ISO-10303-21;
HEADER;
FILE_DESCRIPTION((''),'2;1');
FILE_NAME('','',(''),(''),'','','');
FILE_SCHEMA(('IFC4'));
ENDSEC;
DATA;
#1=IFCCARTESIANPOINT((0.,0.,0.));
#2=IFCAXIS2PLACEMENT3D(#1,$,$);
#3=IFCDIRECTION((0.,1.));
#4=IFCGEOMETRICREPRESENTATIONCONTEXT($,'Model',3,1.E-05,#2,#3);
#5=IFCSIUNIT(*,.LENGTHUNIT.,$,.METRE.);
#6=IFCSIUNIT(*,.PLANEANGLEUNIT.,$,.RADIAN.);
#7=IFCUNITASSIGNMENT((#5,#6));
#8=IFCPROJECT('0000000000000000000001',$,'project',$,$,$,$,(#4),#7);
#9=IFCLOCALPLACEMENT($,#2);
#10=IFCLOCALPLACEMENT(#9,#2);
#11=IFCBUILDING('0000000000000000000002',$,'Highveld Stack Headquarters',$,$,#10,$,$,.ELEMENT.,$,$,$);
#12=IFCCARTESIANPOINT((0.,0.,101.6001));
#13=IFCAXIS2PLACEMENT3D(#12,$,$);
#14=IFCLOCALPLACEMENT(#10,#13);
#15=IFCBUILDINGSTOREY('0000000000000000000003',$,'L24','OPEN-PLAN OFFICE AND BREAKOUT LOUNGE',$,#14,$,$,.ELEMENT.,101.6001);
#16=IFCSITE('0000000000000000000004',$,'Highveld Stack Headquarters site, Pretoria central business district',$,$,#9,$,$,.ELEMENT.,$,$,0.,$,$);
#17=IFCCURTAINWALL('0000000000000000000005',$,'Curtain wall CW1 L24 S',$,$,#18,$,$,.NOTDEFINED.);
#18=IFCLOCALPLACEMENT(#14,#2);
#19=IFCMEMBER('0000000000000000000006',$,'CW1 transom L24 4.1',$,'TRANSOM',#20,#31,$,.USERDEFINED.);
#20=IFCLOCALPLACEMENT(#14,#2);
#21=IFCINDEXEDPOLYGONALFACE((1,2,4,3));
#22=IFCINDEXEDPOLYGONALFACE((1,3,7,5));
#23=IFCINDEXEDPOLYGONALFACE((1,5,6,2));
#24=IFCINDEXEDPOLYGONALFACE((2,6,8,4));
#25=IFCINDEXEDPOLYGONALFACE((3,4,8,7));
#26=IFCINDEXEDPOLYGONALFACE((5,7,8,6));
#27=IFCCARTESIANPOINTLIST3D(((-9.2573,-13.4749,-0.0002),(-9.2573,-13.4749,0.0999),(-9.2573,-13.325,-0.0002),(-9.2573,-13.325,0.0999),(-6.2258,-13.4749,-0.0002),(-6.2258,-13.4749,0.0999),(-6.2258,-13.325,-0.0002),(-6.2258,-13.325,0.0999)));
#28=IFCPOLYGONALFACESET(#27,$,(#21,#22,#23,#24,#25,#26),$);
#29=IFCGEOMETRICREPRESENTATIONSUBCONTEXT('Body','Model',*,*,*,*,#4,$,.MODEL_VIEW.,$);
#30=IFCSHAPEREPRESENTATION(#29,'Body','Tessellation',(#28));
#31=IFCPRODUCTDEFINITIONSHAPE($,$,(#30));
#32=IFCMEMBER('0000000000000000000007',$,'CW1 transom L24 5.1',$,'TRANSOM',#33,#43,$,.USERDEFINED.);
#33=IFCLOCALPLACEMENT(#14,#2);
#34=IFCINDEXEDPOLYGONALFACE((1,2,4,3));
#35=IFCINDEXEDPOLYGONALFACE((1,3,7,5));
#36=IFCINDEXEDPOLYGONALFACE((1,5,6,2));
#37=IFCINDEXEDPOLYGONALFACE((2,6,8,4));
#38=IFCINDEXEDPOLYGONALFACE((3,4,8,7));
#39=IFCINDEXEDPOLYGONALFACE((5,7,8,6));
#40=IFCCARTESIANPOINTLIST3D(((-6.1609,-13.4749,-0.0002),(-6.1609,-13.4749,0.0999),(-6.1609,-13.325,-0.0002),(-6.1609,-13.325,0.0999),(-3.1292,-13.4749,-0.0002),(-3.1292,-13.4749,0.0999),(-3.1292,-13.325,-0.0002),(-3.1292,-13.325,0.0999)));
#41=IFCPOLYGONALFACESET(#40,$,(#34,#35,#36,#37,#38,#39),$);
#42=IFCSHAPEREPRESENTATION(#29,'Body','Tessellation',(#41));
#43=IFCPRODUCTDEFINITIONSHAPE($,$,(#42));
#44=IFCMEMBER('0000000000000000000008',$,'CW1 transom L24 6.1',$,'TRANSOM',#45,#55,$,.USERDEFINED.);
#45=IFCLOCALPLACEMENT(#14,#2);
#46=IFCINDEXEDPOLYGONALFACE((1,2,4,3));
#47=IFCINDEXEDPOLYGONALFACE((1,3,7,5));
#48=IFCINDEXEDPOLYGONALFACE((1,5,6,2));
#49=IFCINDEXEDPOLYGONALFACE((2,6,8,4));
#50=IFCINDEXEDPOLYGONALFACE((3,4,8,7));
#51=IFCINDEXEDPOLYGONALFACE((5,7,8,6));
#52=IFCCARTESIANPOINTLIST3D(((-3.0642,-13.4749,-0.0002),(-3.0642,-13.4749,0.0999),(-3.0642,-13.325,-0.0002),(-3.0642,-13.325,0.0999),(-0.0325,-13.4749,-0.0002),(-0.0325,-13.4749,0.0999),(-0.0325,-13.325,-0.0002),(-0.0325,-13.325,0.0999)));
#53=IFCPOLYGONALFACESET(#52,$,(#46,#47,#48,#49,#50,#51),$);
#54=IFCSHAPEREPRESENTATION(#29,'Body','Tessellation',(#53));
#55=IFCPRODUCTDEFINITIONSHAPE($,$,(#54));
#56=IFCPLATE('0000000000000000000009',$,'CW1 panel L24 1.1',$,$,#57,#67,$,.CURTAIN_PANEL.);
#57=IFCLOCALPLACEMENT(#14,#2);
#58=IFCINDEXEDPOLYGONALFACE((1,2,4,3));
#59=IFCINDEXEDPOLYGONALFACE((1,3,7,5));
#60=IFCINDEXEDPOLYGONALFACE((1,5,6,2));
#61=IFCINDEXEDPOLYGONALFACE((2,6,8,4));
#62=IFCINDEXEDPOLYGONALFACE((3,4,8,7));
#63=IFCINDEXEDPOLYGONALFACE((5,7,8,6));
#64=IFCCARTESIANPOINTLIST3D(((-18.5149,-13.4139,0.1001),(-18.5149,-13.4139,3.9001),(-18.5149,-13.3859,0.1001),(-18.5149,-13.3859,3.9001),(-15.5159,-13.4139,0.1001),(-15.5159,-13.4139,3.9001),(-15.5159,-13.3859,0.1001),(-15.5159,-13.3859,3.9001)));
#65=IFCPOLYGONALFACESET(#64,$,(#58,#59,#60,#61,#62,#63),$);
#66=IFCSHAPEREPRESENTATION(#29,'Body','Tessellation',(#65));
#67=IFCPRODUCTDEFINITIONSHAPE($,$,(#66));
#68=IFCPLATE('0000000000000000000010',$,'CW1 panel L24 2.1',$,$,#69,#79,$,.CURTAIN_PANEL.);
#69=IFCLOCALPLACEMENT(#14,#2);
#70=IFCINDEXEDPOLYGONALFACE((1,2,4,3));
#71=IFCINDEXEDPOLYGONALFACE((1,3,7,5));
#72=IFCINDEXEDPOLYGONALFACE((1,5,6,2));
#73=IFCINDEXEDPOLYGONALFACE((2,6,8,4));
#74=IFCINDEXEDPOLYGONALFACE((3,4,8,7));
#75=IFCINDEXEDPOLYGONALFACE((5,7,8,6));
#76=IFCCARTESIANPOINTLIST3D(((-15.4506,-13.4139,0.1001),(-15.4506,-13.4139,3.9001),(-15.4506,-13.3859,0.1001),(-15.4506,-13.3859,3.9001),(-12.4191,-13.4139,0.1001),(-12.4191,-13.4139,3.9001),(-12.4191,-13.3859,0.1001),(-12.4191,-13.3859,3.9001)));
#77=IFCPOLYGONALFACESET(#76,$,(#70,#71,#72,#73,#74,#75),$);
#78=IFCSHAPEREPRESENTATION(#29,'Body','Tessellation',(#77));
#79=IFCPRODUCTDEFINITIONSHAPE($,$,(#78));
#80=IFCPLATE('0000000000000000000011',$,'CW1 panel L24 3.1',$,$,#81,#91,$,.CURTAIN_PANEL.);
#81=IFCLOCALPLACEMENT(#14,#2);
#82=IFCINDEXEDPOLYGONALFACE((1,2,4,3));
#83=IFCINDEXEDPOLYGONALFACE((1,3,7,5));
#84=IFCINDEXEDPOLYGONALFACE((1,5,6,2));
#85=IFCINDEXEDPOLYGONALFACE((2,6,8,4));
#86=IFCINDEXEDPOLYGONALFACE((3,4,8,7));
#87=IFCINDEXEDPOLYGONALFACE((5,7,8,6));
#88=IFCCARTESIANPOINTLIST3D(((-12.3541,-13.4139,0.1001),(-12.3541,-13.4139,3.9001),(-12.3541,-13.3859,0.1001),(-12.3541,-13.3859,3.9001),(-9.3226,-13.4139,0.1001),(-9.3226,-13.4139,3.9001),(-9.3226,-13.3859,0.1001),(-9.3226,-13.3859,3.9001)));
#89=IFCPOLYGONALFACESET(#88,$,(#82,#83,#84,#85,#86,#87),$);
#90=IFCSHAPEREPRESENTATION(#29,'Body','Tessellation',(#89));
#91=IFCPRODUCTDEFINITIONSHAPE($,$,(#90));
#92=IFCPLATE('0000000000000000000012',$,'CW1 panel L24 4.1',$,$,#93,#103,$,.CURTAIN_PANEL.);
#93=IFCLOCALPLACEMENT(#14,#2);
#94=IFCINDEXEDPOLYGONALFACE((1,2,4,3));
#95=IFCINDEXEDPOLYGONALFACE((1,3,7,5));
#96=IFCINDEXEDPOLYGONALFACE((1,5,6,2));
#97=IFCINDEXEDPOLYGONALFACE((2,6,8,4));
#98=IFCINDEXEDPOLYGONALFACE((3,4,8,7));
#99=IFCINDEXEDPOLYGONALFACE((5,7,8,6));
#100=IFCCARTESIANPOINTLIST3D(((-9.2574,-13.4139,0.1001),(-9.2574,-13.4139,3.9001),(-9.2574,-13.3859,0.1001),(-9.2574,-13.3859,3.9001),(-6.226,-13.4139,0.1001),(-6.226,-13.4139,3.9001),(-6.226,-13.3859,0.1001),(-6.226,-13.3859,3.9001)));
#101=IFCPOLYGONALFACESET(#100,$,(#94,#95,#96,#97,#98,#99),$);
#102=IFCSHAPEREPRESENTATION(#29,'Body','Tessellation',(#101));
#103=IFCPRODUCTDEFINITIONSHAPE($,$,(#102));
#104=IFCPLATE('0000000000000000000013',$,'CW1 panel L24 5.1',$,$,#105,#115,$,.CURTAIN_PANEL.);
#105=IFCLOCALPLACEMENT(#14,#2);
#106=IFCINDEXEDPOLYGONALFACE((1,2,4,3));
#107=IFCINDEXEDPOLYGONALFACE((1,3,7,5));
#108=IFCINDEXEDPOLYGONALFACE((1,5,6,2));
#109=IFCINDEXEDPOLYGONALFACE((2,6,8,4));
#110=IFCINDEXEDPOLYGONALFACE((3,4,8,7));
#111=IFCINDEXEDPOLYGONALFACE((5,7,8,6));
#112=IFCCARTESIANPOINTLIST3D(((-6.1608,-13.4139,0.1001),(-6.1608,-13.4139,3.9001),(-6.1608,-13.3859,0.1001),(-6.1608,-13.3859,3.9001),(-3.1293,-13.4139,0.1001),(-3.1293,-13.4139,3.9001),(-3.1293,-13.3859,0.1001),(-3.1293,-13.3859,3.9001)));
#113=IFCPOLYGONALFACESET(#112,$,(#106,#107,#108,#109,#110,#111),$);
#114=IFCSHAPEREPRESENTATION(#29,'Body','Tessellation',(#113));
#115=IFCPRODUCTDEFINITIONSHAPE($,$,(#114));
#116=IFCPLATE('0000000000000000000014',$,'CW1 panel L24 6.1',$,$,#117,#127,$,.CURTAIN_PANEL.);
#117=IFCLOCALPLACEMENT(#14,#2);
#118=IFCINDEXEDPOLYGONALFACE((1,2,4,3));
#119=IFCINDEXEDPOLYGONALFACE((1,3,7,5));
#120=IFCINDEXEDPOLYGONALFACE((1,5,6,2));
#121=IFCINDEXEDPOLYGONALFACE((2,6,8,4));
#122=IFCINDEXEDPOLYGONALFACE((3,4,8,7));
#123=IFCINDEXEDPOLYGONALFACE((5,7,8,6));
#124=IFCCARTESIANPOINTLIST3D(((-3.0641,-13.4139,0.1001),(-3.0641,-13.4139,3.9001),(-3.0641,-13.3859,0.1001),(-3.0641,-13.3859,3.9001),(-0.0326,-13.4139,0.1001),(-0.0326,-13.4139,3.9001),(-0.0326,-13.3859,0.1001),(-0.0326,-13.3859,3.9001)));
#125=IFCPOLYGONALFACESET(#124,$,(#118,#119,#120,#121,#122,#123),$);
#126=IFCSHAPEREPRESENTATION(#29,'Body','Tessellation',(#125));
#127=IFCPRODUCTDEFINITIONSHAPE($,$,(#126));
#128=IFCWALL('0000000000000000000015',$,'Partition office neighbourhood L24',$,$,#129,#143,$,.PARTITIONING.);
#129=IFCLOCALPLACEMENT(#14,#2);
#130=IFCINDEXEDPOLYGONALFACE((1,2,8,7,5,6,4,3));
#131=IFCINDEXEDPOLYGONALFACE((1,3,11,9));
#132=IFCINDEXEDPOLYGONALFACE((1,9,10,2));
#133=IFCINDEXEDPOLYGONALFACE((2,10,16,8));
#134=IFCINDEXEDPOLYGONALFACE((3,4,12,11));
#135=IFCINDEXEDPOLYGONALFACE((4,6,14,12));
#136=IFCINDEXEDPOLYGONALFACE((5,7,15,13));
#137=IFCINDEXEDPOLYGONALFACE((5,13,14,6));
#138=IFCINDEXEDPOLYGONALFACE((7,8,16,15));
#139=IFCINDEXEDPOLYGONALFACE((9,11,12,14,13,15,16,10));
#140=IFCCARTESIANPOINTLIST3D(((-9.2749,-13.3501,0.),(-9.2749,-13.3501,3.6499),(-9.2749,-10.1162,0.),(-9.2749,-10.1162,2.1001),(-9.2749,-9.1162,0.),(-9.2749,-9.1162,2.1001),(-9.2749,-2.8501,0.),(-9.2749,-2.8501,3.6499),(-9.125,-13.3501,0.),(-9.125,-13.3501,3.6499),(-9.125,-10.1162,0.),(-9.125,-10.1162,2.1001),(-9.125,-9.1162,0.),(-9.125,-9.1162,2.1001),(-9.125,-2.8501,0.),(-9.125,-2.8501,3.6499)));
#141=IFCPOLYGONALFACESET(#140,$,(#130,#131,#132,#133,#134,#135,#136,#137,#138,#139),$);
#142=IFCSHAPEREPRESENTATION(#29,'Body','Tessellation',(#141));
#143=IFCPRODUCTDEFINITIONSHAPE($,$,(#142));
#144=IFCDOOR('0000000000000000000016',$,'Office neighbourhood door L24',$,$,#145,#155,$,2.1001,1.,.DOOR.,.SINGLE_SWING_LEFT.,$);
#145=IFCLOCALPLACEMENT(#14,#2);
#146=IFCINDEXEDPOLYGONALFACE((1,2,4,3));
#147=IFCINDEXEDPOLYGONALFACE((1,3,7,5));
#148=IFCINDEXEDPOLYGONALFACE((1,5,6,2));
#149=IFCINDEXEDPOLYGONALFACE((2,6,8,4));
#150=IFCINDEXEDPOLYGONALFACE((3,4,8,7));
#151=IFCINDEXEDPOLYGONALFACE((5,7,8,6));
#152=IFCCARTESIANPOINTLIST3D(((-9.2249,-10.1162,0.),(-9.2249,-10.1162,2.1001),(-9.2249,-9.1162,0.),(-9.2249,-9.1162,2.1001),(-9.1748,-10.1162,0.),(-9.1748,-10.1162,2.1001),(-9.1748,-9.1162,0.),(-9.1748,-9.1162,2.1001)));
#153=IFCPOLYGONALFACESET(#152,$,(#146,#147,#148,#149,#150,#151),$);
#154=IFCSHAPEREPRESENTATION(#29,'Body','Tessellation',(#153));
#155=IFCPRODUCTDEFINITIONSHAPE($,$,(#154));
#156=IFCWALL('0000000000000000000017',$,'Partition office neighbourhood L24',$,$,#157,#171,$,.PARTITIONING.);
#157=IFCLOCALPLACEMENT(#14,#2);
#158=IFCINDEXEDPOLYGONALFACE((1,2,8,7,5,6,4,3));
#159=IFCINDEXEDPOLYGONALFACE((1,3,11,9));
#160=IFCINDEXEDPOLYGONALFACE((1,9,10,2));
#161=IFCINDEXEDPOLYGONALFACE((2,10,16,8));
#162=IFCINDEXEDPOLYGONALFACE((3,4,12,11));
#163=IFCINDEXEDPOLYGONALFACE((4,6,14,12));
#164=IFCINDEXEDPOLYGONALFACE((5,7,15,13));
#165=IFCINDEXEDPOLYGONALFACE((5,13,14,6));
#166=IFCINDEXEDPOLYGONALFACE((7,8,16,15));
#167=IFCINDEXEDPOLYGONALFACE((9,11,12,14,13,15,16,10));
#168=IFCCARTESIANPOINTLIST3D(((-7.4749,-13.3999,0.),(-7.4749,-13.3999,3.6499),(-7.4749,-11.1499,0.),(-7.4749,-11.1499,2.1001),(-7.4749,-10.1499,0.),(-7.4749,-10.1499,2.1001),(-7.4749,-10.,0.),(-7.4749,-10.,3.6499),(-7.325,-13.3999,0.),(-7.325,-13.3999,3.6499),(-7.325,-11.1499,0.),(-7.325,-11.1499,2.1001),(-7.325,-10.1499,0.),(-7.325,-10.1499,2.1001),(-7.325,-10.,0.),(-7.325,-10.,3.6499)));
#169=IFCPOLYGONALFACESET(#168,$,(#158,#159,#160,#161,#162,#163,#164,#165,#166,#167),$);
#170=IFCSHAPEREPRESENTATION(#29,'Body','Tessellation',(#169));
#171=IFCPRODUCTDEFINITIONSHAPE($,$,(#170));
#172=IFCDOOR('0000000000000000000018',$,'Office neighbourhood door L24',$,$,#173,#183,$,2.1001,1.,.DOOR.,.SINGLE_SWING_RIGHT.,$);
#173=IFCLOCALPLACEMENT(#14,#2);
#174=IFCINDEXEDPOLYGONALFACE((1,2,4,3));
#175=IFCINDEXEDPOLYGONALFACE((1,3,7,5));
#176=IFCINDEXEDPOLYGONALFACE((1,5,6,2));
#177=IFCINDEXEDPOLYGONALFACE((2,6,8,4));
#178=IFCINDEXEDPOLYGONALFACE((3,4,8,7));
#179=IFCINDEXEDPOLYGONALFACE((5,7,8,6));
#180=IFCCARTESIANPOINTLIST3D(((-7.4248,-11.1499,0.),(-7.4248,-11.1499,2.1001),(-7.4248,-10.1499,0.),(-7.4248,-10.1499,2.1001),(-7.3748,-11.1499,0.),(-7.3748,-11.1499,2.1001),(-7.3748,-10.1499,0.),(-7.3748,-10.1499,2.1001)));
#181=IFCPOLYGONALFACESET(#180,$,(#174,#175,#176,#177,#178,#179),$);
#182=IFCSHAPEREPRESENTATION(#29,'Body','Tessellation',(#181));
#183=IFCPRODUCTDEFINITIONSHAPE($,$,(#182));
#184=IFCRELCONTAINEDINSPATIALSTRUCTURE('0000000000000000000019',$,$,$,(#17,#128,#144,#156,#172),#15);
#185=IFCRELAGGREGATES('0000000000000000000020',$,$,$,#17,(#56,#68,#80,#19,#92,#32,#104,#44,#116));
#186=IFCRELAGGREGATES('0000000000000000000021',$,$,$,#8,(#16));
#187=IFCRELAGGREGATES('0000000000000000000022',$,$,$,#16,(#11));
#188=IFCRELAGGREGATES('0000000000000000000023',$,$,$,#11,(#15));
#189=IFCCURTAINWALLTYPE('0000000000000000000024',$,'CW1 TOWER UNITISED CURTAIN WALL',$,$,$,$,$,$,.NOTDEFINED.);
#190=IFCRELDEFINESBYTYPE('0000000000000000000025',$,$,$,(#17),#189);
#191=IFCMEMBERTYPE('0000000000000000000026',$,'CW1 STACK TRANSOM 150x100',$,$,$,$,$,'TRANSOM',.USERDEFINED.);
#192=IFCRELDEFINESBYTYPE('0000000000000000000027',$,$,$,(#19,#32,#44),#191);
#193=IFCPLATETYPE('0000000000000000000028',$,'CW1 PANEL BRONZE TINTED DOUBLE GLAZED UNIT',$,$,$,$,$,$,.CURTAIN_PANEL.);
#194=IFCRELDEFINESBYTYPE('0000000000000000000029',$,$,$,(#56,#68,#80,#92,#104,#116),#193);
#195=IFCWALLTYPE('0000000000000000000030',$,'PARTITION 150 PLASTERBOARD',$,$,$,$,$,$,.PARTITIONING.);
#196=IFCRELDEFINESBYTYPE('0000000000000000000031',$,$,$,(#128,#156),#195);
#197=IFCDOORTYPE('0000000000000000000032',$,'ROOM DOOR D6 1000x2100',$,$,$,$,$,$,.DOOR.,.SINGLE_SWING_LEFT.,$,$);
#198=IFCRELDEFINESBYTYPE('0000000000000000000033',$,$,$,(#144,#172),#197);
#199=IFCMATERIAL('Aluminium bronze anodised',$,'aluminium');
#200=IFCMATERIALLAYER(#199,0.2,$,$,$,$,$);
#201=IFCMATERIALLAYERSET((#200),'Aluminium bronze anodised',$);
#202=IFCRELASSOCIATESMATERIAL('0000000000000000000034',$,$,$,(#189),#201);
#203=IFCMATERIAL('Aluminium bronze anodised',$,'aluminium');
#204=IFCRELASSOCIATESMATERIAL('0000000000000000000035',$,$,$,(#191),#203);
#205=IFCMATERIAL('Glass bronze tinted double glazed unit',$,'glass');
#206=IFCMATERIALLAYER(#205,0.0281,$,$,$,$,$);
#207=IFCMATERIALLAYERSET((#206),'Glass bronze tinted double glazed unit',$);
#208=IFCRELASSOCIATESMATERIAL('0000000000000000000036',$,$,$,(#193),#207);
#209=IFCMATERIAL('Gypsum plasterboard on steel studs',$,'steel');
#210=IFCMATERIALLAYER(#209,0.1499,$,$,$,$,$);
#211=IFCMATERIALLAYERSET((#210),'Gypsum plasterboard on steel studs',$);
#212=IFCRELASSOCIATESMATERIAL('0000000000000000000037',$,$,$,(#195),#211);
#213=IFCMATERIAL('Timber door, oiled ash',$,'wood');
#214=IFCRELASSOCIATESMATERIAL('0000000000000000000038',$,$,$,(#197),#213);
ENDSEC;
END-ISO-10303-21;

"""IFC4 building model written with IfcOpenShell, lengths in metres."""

from ifc_helpers import new_model, si_unit, direction, frame, frame_2d, origin, origin_2d, place, context, subcontext, project, spatial, rectangle, extrude, material, layer, layer_set, material_profile, profile_set, type_object, element, fill, aggregate, save


model = new_model("IFC4")

# Units and contexts
model_context = context("Model", 3, precision=1e-05, world=origin(), true_north=direction((0.0, 1.0)))
body_context = subcontext(model_context, "Body", "Model", "MODEL_VIEW")
ifc_project = project(units=[si_unit("LENGTHUNIT", "METRE"), si_unit("PLANEANGLEUNIT", "RADIAN")], contexts=[model_context])

# Site, building, storey
site_placement = place(None, origin())
site = spatial("IfcSite", under=ifc_project, at=site_placement, Name="Highveld Stack Headquarters site, Pretoria central business district", CompositionType="ELEMENT", RefElevation=0.0)
building_placement = place(site_placement, origin())
building = spatial("IfcBuilding", under=site, at=building_placement, Name="Highveld Stack Headquarters", CompositionType="ELEMENT")
storey_placement = place(building_placement, frame((0.0, 0.0, 101.6001)))
storey = spatial("IfcBuildingStorey", under=building, at=storey_placement, Name="L24", Description="OPEN-PLAN OFFICE AND BREAKOUT LOUNGE", CompositionType="ELEMENT", Elevation=101.6001)

# Curtain wall, members, plates
ifc_material_1 = material(Name="Aluminium bronze anodised", Category="aluminium")
ifc_layer_1 = layer(ifc_material_1, 0.2)
ifc_layer_set_1 = layer_set([ifc_layer_1], Name="Aluminium bronze anodised")
curtain_wall_type = type_object("IfcCurtainWallType", Name="CW1 TOWER UNITISED CURTAIN WALL", PredefinedType="NOTDEFINED", material=ifc_layer_set_1)
curtain_wall_placement = place(storey_placement, origin())
curtain_wall = element("IfcCurtainWall", 1, at=curtain_wall_placement, inside=storey, type_object=curtain_wall_type, Name="Curtain wall CW1 L24 S", PredefinedType="NOTDEFINED")
ifc_material_2 = material(Name="Aluminium bronze anodised", Category="aluminium")
ifc_material_profile_1 = material_profile(ifc_material_2, rectangle(XDim=0.1499, YDim=0.1001, at=origin_2d()), Name="CW1 TRANSOM 150x100")
ifc_profile_set_1 = profile_set([ifc_material_profile_1], Name="Aluminium bronze anodised")
member_type_1 = type_object("IfcMemberType", Name="CW1 STACK TRANSOM 150x100", ElementType="TRANSOM", PredefinedType="USERDEFINED", material=ifc_profile_set_1)
member_1_placement = place(storey_placement, frame((-9.2573, -13.3999, 0.0498), z_axis=(1.0, 0.0, 0.0), x_axis=(0.0, 1.0, 0.0)))
member_1 = element("IfcMember", 2, at=member_1_placement, type_object=member_type_1, Name="CW1 transom L24 4.1", ObjectType="TRANSOM", PredefinedType="USERDEFINED", context=body_context, shape_type="SweptSolid", body=[
    extrude(rectangle(XDim=0.1499, YDim=0.1001, at=origin_2d()), origin(), (0.0, 0.0, 1.0), 3.0315),
])
member_2_placement = place(storey_placement, frame((-6.1609, -13.3999, 0.0498), z_axis=(1.0, 0.0, 0.0), x_axis=(0.0, 1.0, 0.0)))
member_2 = element("IfcMember", 3, at=member_2_placement, type_object=member_type_1, Name="CW1 transom L24 5.1", ObjectType="TRANSOM", PredefinedType="USERDEFINED", context=body_context, shape_type="SweptSolid", body=[
    extrude(rectangle(XDim=0.1499, YDim=0.1001, at=origin_2d()), origin(), (0.0, 0.0, 1.0), 3.0317),
])
member_3_placement = place(storey_placement, frame((-3.0642, -13.3999, 0.0498), z_axis=(1.0, 0.0, 0.0), x_axis=(0.0, 1.0, 0.0)))
member_3 = element("IfcMember", 4, at=member_3_placement, type_object=member_type_1, Name="CW1 transom L24 6.1", ObjectType="TRANSOM", PredefinedType="USERDEFINED", context=body_context, shape_type="SweptSolid", body=[
    extrude(rectangle(XDim=0.1499, YDim=0.1001, at=origin_2d()), origin(), (0.0, 0.0, 1.0), 3.0317),
])
ifc_material_3 = material(Name="Glass bronze tinted double glazed unit", Category="glass")
ifc_layer_2 = layer(ifc_material_3, 0.0281)
ifc_layer_set_2 = layer_set([ifc_layer_2], Name="Glass bronze tinted double glazed unit")
plate_type = type_object("IfcPlateType", Name="CW1 PANEL BRONZE TINTED DOUBLE GLAZED UNIT", PredefinedType="CURTAIN_PANEL", material=ifc_layer_set_2)
plate_1_placement = place(storey_placement, frame((-17.0154, -13.3999, 0.1001), z_axis=(0.0, 0.0, 1.0), x_axis=(1.0, 0.0, 0.0)))
plate_1 = element("IfcPlate", 5, at=plate_1_placement, type_object=plate_type, Name="CW1 panel L24 1.1", PredefinedType="CURTAIN_PANEL", context=body_context, shape_type="SweptSolid", body=[
    extrude(rectangle(XDim=2.999, YDim=0.0281, at=origin_2d()), origin(), (0.0, 0.0, 1.0), 3.8),
])
plate_2_placement = place(storey_placement, frame((-13.9348, -13.3999, 0.1001), z_axis=(0.0, 0.0, 1.0), x_axis=(1.0, 0.0, 0.0)))
plate_2 = element("IfcPlate", 6, at=plate_2_placement, type_object=plate_type, Name="CW1 panel L24 2.1", PredefinedType="CURTAIN_PANEL", context=body_context, shape_type="SweptSolid", body=[
    extrude(rectangle(XDim=3.0315, YDim=0.0281, at=origin_2d()), origin(), (0.0, 0.0, 1.0), 3.8),
])
plate_3_placement = place(storey_placement, frame((-10.8384, -13.3999, 0.1001), z_axis=(0.0, 0.0, 1.0), x_axis=(1.0, 0.0, 0.0)))
plate_3 = element("IfcPlate", 7, at=plate_3_placement, type_object=plate_type, Name="CW1 panel L24 3.1", PredefinedType="CURTAIN_PANEL", context=body_context, shape_type="SweptSolid", body=[
    extrude(rectangle(XDim=3.0315, YDim=0.0281, at=origin_2d()), origin(), (0.0, 0.0, 1.0), 3.8),
])
plate_4_placement = place(storey_placement, frame((-7.7417, -13.3999, 0.1001), z_axis=(0.0, 0.0, 1.0), x_axis=(1.0, 0.0, 0.0)))
plate_4 = element("IfcPlate", 8, at=plate_4_placement, type_object=plate_type, Name="CW1 panel L24 4.1", PredefinedType="CURTAIN_PANEL", context=body_context, shape_type="SweptSolid", body=[
    extrude(rectangle(XDim=3.0315, YDim=0.0281, at=origin_2d()), origin(), (0.0, 0.0, 1.0), 3.8),
])
plate_5_placement = place(storey_placement, frame((-4.645, -13.3999, 0.1001), z_axis=(0.0, 0.0, 1.0), x_axis=(1.0, 0.0, 0.0)))
plate_5 = element("IfcPlate", 9, at=plate_5_placement, type_object=plate_type, Name="CW1 panel L24 5.1", PredefinedType="CURTAIN_PANEL", context=body_context, shape_type="SweptSolid", body=[
    extrude(rectangle(XDim=3.0315, YDim=0.0281, at=origin_2d()), origin(), (0.0, 0.0, 1.0), 3.8),
])
plate_6_placement = place(storey_placement, frame((-1.5483, -13.3999, 0.1001), z_axis=(0.0, 0.0, 1.0), x_axis=(1.0, 0.0, 0.0)))
plate_6 = element("IfcPlate", 10, at=plate_6_placement, type_object=plate_type, Name="CW1 panel L24 6.1", PredefinedType="CURTAIN_PANEL", context=body_context, shape_type="SweptSolid", body=[
    extrude(rectangle(XDim=3.0315, YDim=0.0281, at=origin_2d()), origin(), (0.0, 0.0, 1.0), 3.8),
])
aggregate(curtain_wall, [plate_1, plate_2, plate_3, member_1, plate_4, member_2, plate_5, member_3, plate_6])

# Walls, openings, doors
ifc_material_4 = material(Name="Gypsum plasterboard on steel studs", Category="steel")
ifc_layer_3 = layer(ifc_material_4, 0.1499)
ifc_layer_set_3 = layer_set([ifc_layer_3], Name="Gypsum plasterboard on steel studs")
wall_type = type_object("IfcWallType", Name="PARTITION 150 PLASTERBOARD", PredefinedType="PARTITIONING", material=ifc_layer_set_3)
wall_1_placement = place(storey_placement, frame((-9.2, -13.3501, 0.0), z_axis=(0.0, 0.0, 1.0), x_axis=(0.0, 1.0, 0.0)))
wall_1 = element("IfcWall", 11, at=wall_1_placement, inside=storey, type_object=wall_type, Name="Partition office neighbourhood L24", PredefinedType="PARTITIONING", context=body_context, shape_type="SweptSolid", body=[
    extrude(rectangle(XDim=10.5, YDim=0.1499, at=frame_2d((5.25, 0.0))), origin(), (0.0, 0.0, 1.0), 3.6499),
])
opening_1_placement = place(wall_1_placement, frame((3.2339, 0.0, 0.0)))
opening_1 = element("IfcOpeningElement", 12, at=opening_1_placement, cuts=wall_1, PredefinedType="OPENING", context=body_context, shape_type="SweptSolid", body=[
    extrude(rectangle(XDim=1.0, YDim=2.1001, at=frame_2d((0.5, 1.05))), frame((0.0, 0.085, 0.0), z_axis=(0.0, -1.0, 0.0), x_axis=(1.0, 0.0, 0.0)), (0.0, 0.0, 1.0), 0.1699),
])
ifc_material_5 = material(Name="Timber door, oiled ash", Category="wood")
door_type = type_object("IfcDoorType", Name="ROOM DOOR D6 1000x2100", OperationType="SINGLE_SWING_LEFT", PredefinedType="DOOR", material=ifc_material_5)
door_1_placement = place(opening_1_placement, origin())
door_1 = element("IfcDoor", 13, at=door_1_placement, inside=storey, type_object=door_type, Name="Office neighbourhood door L24", OperationType="SINGLE_SWING_LEFT", OverallHeight=2.1001, OverallWidth=1.0, PredefinedType="DOOR", context=body_context, shape_type="SweptSolid", body=[
    extrude(rectangle(XDim=1.0, YDim=2.1001, at=frame_2d((0.5, 1.05))), frame((0.0, 0.0249, 0.0), z_axis=(0.0, -1.0, 0.0), x_axis=(1.0, 0.0, 0.0)), (0.0, 0.0, 1.0), 0.05),
])
fill(opening_1, door_1)
wall_2_placement = place(storey_placement, frame((-7.3999, -13.3999, 0.0), z_axis=(0.0, 0.0, 1.0), x_axis=(0.0, 1.0, 0.0)))
wall_2 = element("IfcWall", 14, at=wall_2_placement, inside=storey, type_object=wall_type, Name="Partition office neighbourhood L24", PredefinedType="PARTITIONING", context=body_context, shape_type="SweptSolid", body=[
    extrude(rectangle(XDim=3.3999, YDim=0.1499, at=frame_2d((1.7, 0.0))), origin(), (0.0, 0.0, 1.0), 3.6499),
])
opening_2_placement = place(wall_2_placement, frame((2.25, 0.0, 0.0)))
opening_2 = element("IfcOpeningElement", 15, at=opening_2_placement, cuts=wall_2, PredefinedType="OPENING", context=body_context, shape_type="SweptSolid", body=[
    extrude(rectangle(XDim=1.0, YDim=2.1001, at=frame_2d((0.5, 1.05))), frame((0.0, 0.085, 0.0), z_axis=(0.0, -1.0, 0.0), x_axis=(1.0, 0.0, 0.0)), (0.0, 0.0, 1.0), 0.1699),
])
door_2_placement = place(opening_2_placement, origin())
door_2 = element("IfcDoor", 16, at=door_2_placement, inside=storey, type_object=door_type, Name="Office neighbourhood door L24", OperationType="SINGLE_SWING_RIGHT", OverallHeight=2.1001, OverallWidth=1.0, PredefinedType="DOOR", context=body_context, shape_type="SweptSolid", body=[
    extrude(rectangle(XDim=1.0, YDim=2.1001, at=frame_2d((0.5, 1.05))), frame((0.0, 0.0249, 0.0), z_axis=(0.0, -1.0, 0.0), x_axis=(1.0, 0.0, 0.0)), (0.0, 0.0, 1.0), 0.05),
])
fill(opening_2, door_2)

save(model, "model.ifc")
